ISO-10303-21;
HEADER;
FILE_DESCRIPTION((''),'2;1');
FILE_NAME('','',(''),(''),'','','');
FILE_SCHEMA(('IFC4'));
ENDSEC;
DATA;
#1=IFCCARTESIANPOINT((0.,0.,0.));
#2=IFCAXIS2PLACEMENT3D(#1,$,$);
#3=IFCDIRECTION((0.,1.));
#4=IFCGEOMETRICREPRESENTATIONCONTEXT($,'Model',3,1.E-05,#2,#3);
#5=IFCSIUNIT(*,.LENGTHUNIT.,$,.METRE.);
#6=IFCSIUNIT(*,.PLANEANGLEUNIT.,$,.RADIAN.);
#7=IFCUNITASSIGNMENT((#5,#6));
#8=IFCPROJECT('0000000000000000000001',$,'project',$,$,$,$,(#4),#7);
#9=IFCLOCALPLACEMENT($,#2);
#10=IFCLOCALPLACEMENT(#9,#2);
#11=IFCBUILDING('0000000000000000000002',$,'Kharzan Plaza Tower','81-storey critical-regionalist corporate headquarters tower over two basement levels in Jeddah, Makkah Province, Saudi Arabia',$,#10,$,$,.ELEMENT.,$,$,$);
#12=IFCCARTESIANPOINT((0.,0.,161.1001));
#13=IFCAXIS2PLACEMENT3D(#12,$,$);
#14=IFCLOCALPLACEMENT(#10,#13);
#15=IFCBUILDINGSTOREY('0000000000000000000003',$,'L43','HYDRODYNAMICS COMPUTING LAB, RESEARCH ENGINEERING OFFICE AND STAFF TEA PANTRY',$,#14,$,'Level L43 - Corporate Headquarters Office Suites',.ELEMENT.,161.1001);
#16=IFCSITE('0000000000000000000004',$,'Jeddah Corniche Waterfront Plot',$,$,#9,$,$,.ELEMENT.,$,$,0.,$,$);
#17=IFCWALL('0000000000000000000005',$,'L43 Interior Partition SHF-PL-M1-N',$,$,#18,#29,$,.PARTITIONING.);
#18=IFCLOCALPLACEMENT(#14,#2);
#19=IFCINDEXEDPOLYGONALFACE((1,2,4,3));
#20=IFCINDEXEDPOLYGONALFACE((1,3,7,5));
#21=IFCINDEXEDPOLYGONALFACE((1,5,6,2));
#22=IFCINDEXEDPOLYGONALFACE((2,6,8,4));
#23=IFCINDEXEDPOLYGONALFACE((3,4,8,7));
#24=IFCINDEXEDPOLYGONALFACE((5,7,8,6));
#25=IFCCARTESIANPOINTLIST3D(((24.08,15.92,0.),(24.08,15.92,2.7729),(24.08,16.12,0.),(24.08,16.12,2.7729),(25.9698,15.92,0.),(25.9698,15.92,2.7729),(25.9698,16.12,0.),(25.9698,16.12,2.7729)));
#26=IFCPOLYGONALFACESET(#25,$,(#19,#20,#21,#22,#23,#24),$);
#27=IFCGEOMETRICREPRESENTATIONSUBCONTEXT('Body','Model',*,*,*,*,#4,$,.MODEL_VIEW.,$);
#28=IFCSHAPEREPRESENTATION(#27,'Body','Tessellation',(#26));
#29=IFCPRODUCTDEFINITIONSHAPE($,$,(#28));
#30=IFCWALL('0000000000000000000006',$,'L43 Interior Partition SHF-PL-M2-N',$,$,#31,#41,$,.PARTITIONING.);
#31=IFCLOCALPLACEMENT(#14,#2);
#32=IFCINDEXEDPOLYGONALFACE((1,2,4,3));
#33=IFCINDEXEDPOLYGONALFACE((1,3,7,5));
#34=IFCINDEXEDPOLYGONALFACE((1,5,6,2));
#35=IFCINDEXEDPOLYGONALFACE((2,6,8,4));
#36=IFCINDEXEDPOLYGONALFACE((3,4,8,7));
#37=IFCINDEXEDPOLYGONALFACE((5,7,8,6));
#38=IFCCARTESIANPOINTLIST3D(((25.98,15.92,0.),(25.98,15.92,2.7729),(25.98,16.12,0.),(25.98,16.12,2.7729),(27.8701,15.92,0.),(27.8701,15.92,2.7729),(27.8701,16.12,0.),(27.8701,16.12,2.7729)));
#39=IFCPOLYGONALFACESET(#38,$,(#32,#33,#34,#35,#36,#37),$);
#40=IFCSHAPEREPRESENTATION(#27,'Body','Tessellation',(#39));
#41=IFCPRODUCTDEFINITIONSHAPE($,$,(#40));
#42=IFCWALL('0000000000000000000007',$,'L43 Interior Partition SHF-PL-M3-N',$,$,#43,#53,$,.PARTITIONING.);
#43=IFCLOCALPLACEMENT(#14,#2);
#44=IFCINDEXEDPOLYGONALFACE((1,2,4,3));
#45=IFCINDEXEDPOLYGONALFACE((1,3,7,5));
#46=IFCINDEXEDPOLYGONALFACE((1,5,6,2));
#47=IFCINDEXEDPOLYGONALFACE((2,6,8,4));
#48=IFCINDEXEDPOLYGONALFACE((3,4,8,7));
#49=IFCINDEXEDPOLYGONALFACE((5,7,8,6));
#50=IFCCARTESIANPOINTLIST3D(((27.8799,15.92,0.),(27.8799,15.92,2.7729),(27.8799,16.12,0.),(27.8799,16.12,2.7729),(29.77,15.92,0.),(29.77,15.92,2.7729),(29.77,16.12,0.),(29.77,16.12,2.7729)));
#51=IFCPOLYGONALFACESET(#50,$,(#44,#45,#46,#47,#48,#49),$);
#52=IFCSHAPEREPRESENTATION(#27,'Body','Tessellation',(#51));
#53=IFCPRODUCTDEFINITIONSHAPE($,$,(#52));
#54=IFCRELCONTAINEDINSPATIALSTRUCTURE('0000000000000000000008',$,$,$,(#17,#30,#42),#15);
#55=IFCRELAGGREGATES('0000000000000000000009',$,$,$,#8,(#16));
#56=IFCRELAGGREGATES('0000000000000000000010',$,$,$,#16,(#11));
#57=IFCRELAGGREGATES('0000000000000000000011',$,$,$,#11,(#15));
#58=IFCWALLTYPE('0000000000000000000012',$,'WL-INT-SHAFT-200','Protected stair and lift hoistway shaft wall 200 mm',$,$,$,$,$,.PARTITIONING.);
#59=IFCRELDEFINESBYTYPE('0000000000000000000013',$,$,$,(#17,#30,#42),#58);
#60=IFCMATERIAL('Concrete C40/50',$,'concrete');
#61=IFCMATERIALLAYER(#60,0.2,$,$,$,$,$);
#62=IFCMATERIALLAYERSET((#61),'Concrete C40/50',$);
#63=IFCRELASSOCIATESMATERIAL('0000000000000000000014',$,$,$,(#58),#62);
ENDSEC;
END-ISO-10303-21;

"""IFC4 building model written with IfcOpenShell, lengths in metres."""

from ifc_helpers import new_model, si_unit, direction, frame, frame_2d, origin, place, context, subcontext, project, spatial, rectangle, extrude, source, transform, mapped, material, layer, layer_set, type_object, element, save


model = new_model("IFC4")

# Units and contexts
model_context = context("Model", 3, precision=1e-05, world=origin(), true_north=direction((0.0, 1.0)))
body_context = subcontext(model_context, "Body", "Model", "MODEL_VIEW")
ifc_project = project(units=[si_unit("LENGTHUNIT", "METRE"), si_unit("PLANEANGLEUNIT", "RADIAN")], contexts=[model_context])

# Site, building, storey
site_placement = place(None, origin())
site = spatial("IfcSite", under=ifc_project, at=site_placement, Name="Jeddah Corniche Waterfront Plot", CompositionType="ELEMENT", RefElevation=0.0)
building_placement = place(site_placement, origin())
building = spatial("IfcBuilding", under=site, at=building_placement, Name="Kharzan Plaza Tower", Description="81-storey critical-regionalist corporate headquarters tower over two basement levels in Jeddah, Makkah Province, Saudi Arabia", CompositionType="ELEMENT")
storey_placement = place(building_placement, frame((0.0, 0.0, 161.1001)))
storey = spatial("IfcBuildingStorey", under=building, at=storey_placement, Name="L43", Description="HYDRODYNAMICS COMPUTING LAB, RESEARCH ENGINEERING OFFICE AND STAFF TEA PANTRY", LongName="Level L43 - Corporate Headquarters Office Suites", CompositionType="ELEMENT", Elevation=161.1001)

# Shared definitions
ifc_material_1 = material(Name="Concrete C40/50", Category="concrete")

# Walls
ifc_layer_1 = layer(ifc_material_1, 0.2)
ifc_layer_set_1 = layer_set([ifc_layer_1], Name="Concrete C40/50")
wall_type_1 = type_object("IfcWallType", Name="WL-INT-SHAFT-200", Description="Protected stair and lift hoistway shaft wall 200 mm", PredefinedType="PARTITIONING", material=ifc_layer_set_1)
shared_shape_1 = source(origin(), body_context, "Body", "SweptSolid", [
    extrude(rectangle(XDim=1.8899, YDim=0.2, at=frame_2d((0.9448, 0.0))), origin(), (0.0, 0.0, 1.0), 2.7729),
])
wall_1_placement = place(storey_placement, frame((24.0801, 16.02, 0.0), z_axis=(0.0, 0.0, 1.0), x_axis=(1.0, 0.0, 0.0)))
element("IfcWall", 1, at=wall_1_placement, inside=storey, type_object=wall_type_1, Name="L43 Interior Partition SHF-PL-M1-N", PredefinedType="PARTITIONING", context=body_context, shape_type="MappedRepresentation", body=[
    mapped(shared_shape_1, transform((0.0, 0.0, 0.0), x_axis=(1.0, 0.0, 0.0), y_axis=(0.0, 1.0, 0.0), z_axis=(0.0, 0.0, 1.0))),
])
shared_shape_2 = source(origin(), body_context, "Body", "SweptSolid", [
    extrude(rectangle(XDim=1.8901, YDim=0.2, at=frame_2d((0.9451, 0.0))), origin(), (0.0, 0.0, 1.0), 2.7729),
])
for number, where, z_axis, x_axis, name in (
    (2, (25.98, 16.02, 0.0), (0.0, 0.0, 1.0), (1.0, 0.0, 0.0), "L43 Interior Partition SHF-PL-M2-N"),
    (3, (27.8799, 16.02, 0.0), (0.0, 0.0, 1.0), (1.0, 0.0, 0.0), "L43 Interior Partition SHF-PL-M3-N"),
):
    element("IfcWall", number, at=place(storey_placement, frame(where, z_axis=z_axis, x_axis=x_axis)), inside=storey, type_object=wall_type_1, Name=name, PredefinedType="PARTITIONING", context=body_context, shape_type="MappedRepresentation", body=[
        mapped(shared_shape_2, transform((0.0, 0.0, 0.0), x_axis=(1.0, 0.0, 0.0), y_axis=(0.0, 1.0, 0.0), z_axis=(0.0, 0.0, 1.0))),
    ])

save(model, "model.ifc")
